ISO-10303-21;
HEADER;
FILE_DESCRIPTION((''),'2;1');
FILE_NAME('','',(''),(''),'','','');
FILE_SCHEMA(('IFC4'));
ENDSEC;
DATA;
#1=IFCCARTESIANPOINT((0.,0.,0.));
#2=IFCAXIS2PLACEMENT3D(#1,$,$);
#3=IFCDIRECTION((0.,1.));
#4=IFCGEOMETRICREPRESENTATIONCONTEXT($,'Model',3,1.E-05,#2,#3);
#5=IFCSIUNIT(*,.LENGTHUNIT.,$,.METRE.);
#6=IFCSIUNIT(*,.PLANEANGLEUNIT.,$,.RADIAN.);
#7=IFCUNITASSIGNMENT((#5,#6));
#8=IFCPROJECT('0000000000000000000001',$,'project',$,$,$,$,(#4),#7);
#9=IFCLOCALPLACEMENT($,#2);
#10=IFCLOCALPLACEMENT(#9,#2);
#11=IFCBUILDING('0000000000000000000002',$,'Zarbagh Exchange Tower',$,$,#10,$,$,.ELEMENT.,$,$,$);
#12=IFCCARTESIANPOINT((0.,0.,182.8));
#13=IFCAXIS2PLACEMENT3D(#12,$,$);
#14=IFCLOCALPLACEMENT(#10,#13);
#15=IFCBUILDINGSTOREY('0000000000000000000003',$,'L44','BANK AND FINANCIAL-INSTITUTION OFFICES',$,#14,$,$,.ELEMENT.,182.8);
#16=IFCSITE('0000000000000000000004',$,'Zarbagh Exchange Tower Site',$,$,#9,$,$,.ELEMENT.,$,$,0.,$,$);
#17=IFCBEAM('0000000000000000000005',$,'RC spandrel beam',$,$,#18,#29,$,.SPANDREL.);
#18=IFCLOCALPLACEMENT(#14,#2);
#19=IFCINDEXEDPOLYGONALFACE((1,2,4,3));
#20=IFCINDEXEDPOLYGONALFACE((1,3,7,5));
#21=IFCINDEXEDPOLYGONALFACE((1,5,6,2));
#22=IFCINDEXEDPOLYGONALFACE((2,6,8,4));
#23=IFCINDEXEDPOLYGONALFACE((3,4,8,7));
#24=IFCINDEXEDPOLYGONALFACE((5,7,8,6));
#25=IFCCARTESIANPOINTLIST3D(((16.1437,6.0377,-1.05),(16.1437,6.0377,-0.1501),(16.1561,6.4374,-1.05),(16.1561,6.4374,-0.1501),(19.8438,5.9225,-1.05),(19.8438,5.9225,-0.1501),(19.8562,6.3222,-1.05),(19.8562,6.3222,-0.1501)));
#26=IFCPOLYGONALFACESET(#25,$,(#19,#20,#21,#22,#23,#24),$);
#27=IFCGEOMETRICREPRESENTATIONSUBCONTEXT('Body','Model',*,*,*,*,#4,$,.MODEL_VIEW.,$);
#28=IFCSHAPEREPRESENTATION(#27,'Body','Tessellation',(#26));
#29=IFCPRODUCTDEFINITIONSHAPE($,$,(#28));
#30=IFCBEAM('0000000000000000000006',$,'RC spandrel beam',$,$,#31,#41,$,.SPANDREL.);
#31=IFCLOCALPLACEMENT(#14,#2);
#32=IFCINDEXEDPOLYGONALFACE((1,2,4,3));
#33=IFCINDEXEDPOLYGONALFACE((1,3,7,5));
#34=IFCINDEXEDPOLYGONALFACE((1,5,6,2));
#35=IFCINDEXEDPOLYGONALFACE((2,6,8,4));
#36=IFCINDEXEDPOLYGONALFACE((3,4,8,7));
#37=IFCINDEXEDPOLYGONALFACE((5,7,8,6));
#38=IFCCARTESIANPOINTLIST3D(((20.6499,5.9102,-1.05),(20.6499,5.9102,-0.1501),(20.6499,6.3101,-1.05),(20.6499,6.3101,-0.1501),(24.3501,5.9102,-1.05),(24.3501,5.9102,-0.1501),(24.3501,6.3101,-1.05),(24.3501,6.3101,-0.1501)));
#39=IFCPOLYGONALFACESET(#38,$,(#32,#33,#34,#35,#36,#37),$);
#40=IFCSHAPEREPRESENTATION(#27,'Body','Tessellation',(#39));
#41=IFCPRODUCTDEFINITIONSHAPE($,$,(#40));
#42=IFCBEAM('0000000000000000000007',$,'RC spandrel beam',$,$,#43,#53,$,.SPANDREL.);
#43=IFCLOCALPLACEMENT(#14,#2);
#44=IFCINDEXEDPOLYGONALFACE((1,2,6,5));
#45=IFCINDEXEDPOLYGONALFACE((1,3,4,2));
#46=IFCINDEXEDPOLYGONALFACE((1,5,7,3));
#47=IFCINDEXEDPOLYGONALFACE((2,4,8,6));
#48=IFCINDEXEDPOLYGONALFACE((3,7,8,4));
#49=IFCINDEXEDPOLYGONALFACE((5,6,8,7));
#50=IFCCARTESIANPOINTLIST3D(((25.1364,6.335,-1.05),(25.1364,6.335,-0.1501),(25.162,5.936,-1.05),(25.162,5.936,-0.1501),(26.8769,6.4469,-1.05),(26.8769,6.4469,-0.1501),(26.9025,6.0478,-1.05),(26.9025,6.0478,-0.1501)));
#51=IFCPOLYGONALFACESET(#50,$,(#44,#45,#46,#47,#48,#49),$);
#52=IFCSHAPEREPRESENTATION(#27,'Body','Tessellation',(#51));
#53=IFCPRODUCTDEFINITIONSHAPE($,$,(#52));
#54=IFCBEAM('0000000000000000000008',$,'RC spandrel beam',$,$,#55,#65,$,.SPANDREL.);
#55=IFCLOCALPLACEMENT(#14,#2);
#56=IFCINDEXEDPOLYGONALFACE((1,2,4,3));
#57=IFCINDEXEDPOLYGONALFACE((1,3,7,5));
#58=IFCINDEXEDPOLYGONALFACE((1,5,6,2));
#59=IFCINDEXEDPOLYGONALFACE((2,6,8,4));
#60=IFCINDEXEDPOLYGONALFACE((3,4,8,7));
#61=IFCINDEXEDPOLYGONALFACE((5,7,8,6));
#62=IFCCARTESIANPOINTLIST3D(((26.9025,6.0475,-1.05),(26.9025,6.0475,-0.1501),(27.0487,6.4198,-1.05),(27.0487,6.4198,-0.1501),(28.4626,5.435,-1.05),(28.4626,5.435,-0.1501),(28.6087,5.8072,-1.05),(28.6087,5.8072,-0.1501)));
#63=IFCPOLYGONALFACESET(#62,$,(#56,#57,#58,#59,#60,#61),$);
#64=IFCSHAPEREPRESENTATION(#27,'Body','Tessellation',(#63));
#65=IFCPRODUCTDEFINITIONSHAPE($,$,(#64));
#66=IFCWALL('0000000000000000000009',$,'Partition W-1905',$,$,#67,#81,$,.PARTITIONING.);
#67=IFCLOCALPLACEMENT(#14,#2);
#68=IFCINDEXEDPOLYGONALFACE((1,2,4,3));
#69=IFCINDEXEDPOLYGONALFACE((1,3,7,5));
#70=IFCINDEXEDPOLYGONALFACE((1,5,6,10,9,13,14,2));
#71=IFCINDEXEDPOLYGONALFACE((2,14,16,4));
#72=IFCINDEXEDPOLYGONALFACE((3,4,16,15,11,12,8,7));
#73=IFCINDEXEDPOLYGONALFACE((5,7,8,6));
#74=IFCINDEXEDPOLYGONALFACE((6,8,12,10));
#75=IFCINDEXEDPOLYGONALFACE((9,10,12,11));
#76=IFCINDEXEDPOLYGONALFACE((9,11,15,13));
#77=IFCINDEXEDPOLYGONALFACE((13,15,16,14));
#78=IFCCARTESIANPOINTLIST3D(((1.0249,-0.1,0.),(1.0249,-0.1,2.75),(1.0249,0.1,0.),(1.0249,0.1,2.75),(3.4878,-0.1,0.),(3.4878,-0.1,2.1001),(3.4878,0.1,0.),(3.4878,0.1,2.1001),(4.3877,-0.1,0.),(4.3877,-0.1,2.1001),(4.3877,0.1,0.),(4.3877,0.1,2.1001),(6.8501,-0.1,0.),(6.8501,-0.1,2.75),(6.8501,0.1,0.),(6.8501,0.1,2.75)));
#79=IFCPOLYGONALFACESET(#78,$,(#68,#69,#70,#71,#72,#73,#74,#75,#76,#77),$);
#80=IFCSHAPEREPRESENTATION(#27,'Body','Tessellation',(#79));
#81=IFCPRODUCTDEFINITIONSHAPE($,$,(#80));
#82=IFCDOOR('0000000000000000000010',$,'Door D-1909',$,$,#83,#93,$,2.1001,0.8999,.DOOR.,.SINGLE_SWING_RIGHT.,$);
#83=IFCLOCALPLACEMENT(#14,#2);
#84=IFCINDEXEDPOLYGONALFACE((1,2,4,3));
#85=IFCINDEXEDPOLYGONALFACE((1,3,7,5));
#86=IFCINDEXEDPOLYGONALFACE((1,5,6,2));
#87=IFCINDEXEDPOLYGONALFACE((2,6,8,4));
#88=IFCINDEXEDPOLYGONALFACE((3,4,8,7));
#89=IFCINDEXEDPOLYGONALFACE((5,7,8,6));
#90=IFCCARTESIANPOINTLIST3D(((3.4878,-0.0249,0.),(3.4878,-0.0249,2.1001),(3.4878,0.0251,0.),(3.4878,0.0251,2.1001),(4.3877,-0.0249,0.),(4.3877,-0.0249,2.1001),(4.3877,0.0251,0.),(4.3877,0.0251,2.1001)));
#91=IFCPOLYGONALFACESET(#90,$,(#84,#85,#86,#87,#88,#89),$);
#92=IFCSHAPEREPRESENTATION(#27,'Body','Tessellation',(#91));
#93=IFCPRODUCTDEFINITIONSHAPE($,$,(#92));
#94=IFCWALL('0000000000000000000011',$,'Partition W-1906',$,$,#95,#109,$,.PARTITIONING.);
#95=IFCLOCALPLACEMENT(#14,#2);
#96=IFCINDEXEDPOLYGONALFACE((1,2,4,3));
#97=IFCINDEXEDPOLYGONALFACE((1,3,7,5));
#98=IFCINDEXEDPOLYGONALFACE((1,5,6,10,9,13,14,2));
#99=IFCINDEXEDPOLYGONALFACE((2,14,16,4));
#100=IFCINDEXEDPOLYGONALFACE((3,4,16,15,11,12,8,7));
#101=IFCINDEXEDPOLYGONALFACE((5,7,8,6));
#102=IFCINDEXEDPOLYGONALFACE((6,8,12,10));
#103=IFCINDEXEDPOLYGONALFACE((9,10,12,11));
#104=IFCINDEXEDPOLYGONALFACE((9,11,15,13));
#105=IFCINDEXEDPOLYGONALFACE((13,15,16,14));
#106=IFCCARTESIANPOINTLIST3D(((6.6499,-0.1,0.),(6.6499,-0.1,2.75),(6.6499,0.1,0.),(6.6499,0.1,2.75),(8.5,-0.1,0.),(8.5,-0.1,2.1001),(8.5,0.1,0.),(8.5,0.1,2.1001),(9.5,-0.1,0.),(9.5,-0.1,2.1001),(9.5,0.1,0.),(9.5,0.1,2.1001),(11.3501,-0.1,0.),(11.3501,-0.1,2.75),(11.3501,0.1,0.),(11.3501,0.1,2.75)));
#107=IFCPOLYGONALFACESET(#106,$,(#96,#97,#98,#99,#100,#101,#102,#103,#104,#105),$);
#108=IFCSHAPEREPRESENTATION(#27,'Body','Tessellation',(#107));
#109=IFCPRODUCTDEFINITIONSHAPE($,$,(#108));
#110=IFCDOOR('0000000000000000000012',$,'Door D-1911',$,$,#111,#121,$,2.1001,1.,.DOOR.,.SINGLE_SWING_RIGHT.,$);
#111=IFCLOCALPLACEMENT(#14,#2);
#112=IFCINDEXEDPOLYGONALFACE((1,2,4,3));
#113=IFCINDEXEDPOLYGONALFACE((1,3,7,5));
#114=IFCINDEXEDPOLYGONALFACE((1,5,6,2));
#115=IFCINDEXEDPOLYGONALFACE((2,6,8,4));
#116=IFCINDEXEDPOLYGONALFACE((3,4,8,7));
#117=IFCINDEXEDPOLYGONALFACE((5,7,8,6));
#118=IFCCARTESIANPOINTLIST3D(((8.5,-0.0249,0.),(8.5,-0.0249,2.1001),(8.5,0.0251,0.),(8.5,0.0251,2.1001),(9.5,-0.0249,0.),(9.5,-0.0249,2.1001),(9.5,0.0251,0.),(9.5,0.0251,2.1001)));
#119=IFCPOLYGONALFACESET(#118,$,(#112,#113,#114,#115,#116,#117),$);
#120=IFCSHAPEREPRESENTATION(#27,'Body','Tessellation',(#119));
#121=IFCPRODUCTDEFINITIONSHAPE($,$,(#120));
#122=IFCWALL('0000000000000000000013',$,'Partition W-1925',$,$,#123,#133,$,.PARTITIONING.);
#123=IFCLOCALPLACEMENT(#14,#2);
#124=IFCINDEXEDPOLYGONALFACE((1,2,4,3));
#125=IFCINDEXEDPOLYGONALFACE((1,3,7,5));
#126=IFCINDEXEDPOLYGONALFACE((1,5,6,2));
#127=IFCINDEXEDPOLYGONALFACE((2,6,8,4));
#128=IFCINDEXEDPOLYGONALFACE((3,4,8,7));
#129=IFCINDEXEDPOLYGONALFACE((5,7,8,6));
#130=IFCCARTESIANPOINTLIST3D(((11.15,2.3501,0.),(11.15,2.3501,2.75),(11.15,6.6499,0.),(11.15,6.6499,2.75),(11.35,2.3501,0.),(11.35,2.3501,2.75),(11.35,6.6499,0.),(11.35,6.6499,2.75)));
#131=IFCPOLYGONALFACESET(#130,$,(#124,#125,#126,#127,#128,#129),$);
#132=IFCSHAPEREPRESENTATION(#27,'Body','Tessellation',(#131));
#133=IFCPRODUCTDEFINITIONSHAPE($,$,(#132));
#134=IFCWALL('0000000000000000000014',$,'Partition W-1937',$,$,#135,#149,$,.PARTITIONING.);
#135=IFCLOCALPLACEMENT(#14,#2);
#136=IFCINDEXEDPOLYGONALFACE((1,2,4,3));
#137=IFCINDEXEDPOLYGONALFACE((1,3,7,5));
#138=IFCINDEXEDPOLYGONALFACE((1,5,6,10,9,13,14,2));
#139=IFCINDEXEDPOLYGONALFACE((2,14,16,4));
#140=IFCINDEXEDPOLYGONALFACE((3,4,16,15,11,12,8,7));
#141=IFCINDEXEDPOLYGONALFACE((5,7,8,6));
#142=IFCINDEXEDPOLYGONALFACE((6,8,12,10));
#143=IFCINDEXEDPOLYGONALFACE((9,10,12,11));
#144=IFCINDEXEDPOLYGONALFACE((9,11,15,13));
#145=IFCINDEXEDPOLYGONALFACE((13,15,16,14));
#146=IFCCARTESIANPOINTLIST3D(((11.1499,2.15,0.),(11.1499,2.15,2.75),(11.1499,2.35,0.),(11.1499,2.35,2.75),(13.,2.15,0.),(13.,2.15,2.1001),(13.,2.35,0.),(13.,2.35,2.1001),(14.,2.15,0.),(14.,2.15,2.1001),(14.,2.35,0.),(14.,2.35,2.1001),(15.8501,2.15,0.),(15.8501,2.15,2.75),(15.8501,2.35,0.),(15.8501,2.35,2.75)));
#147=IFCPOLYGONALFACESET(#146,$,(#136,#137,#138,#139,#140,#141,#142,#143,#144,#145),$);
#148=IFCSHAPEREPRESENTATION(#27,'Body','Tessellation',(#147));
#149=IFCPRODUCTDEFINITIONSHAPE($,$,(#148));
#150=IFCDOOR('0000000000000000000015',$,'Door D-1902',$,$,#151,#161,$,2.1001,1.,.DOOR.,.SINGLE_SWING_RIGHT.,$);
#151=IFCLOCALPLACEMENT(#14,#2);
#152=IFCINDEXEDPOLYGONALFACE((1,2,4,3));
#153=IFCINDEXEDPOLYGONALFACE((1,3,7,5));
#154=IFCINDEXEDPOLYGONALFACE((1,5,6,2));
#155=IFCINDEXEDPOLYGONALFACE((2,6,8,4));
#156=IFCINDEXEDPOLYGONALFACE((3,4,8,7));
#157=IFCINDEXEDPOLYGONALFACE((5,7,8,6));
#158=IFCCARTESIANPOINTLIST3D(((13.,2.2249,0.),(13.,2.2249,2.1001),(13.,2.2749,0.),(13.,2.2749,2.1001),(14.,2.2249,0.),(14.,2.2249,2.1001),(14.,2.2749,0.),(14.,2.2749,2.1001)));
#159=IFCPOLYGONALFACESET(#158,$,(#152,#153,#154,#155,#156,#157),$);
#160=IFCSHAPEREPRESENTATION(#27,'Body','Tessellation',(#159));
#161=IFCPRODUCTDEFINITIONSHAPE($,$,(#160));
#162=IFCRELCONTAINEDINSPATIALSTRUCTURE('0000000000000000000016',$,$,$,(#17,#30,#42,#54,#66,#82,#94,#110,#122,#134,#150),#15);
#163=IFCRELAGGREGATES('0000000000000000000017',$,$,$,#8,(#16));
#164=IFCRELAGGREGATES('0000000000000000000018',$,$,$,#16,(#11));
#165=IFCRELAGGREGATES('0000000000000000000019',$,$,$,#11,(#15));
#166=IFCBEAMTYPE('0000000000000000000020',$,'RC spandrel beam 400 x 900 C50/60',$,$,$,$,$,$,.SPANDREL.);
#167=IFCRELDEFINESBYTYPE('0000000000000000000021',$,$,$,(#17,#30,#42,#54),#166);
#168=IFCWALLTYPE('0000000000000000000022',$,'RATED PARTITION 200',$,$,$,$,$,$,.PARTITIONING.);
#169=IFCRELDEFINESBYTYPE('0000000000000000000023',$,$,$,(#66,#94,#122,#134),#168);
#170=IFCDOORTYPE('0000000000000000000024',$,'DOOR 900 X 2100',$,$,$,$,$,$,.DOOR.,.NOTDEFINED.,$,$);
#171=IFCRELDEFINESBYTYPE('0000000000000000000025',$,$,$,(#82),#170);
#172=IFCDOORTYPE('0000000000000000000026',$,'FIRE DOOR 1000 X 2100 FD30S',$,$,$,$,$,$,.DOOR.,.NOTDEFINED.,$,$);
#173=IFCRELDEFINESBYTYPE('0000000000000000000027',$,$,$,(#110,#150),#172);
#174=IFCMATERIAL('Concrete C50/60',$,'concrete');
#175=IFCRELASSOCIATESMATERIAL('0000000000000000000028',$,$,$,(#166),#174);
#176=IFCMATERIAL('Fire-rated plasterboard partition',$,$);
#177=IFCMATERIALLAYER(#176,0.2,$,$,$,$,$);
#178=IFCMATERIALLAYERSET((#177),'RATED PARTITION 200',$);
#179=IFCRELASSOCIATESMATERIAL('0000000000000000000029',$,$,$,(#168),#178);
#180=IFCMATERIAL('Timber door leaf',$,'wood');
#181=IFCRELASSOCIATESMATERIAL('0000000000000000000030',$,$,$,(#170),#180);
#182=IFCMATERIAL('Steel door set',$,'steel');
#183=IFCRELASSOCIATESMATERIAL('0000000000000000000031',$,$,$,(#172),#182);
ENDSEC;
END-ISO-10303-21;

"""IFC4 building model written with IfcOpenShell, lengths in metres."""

from ifc_helpers import new_model, si_unit, direction, frame, frame_2d, origin, origin_2d, place, context, subcontext, project, spatial, rectangle, extrude, material, layer, layer_set, material_profile, profile_set, type_object, element, fill, save


model = new_model("IFC4")

# Units and contexts
model_context = context("Model", 3, precision=1e-05, world=origin(), true_north=direction((0.0, 1.0)))
body_context = subcontext(model_context, "Body", "Model", "MODEL_VIEW")
ifc_project = project(units=[si_unit("LENGTHUNIT", "METRE"), si_unit("PLANEANGLEUNIT", "RADIAN")], contexts=[model_context])

# Site, building, storey
site_placement = place(None, origin())
site = spatial("IfcSite", under=ifc_project, at=site_placement, Name="Zarbagh Exchange Tower Site", CompositionType="ELEMENT", RefElevation=0.0)
building_placement = place(site_placement, origin())
building = spatial("IfcBuilding", under=site, at=building_placement, Name="Zarbagh Exchange Tower", CompositionType="ELEMENT")
storey_placement = place(building_placement, frame((0.0, 0.0, 182.8)))
storey = spatial("IfcBuildingStorey", under=building, at=storey_placement, Name="L44", Description="BANK AND FINANCIAL-INSTITUTION OFFICES", CompositionType="ELEMENT", Elevation=182.8)

# Shared definitions
ifc_material_1 = material(Name="Concrete C50/60", Category="concrete")

# Beams
ifc_material_profile_1 = material_profile(ifc_material_1, rectangle(XDim=0.3999, YDim=0.8999, at=origin_2d()), Name="RC spandrel beam 400 x 900 C50/60")
ifc_profile_set_1 = profile_set([ifc_material_profile_1], Name="Concrete C50/60")
beam_type_1 = type_object("IfcBeamType", Name="RC spandrel beam 400 x 900 C50/60", PredefinedType="SPANDREL", material=ifc_profile_set_1)
beam_1_placement = place(storey_placement, frame((16.1499, 6.2375, -0.6001), z_axis=(0.999515, -0.031128, 0.0), x_axis=(0.031128, 0.999515, 0.0)))
element("IfcBeam", 1, at=beam_1_placement, inside=storey, type_object=beam_type_1, Name="RC spandrel beam", PredefinedType="SPANDREL", context=body_context, shape_type="SweptSolid", body=[
    extrude(rectangle(XDim=0.3999, YDim=0.8999, at=origin_2d()), origin(), (0.0, 0.0, 1.0), 3.7019),
])
beam_2_placement = place(storey_placement, frame((20.6499, 6.1101, -0.6001), z_axis=(1.0, 0.0, 0.0), x_axis=(0.0, 1.0, 0.0)))
element("IfcBeam", 2, at=beam_2_placement, inside=storey, type_object=beam_type_1, Name="RC spandrel beam", PredefinedType="SPANDREL", context=body_context, shape_type="SweptSolid", body=[
    extrude(rectangle(XDim=0.3999, YDim=0.8999, at=origin_2d()), origin(), (0.0, 0.0, 1.0), 3.7002),
])
beam_3_placement = place(storey_placement, frame((25.1492, 6.1355, -0.6001), z_axis=(0.997943, 0.064112, 0.0), x_axis=(-0.064112, 0.997943, 0.0)))
element("IfcBeam", 3, at=beam_3_placement, inside=storey, type_object=beam_type_1, Name="RC spandrel beam", PredefinedType="SPANDREL", context=body_context, shape_type="SweptSolid", body=[
    extrude(rectangle(XDim=0.3999, YDim=0.8999, at=origin_2d()), origin(), (0.0, 0.0, 1.0), 1.7441),
])
beam_4_placement = place(storey_placement, frame((26.9756, 6.2336, -0.6001), z_axis=(0.930819, -0.365481, 0.0), x_axis=(0.365481, 0.930819, 0.0)))
element("IfcBeam", 4, at=beam_4_placement, inside=storey, type_object=beam_type_1, Name="RC spandrel beam", PredefinedType="SPANDREL", context=body_context, shape_type="SweptSolid", body=[
    extrude(rectangle(XDim=0.3999, YDim=0.8999, at=origin_2d()), origin(), (0.0, 0.0, 1.0), 1.676),
])

# Walls, openings, doors
ifc_material_2 = material(Name="Fire-rated plasterboard partition")
ifc_layer = layer(ifc_material_2, 0.2)
ifc_layer_set = layer_set([ifc_layer], Name="RATED PARTITION 200")
wall_type = type_object("IfcWallType", Name="RATED PARTITION 200", PredefinedType="PARTITIONING", material=ifc_layer_set)
wall_1_placement = place(storey_placement, frame((6.8501, 0.0, 0.0), z_axis=(0.0, 0.0, 1.0), x_axis=(-1.0, 0.0, 0.0)))
wall_1 = element("IfcWall", 5, at=wall_1_placement, inside=storey, type_object=wall_type, Name="Partition W-1905", PredefinedType="PARTITIONING", context=body_context, shape_type="SweptSolid", body=[
    extrude(rectangle(XDim=5.8252, YDim=0.2, at=frame_2d((2.9126, 0.0))), origin(), (0.0, 0.0, 1.0), 2.75),
])
opening_1_placement = place(wall_1_placement, frame((2.4624, 0.0, 0.0)))
opening_1 = element("IfcOpeningElement", 6, at=opening_1_placement, cuts=wall_1, PredefinedType="OPENING", context=body_context, shape_type="SweptSolid", body=[
    extrude(rectangle(XDim=0.8999, YDim=2.1001, at=frame_2d((0.45, 1.05))), frame((0.0, 0.1099, 0.0), z_axis=(0.0, -1.0, 0.0), x_axis=(1.0, 0.0, 0.0)), (0.0, 0.0, 1.0), 0.22),
])
ifc_material_3 = material(Name="Timber door leaf", Category="wood")
door_type_1 = type_object("IfcDoorType", Name="DOOR 900 X 2100", OperationType="NOTDEFINED", PredefinedType="DOOR", material=ifc_material_3)
door_1_placement = place(opening_1_placement, origin())
door_1 = element("IfcDoor", 7, at=door_1_placement, inside=storey, type_object=door_type_1, Name="Door D-1909", OperationType="SINGLE_SWING_RIGHT", OverallHeight=2.1001, OverallWidth=0.8999, PredefinedType="DOOR", context=body_context, shape_type="SweptSolid", body=[
    extrude(rectangle(XDim=0.8999, YDim=2.1001, at=frame_2d((0.45, 1.05))), frame((0.0, 0.0249, 0.0), z_axis=(0.0, -1.0, 0.0), x_axis=(1.0, 0.0, 0.0)), (0.0, 0.0, 1.0), 0.05),
])
fill(opening_1, door_1)
wall_2_placement = place(storey_placement, frame((11.3501, 0.0, 0.0), z_axis=(0.0, 0.0, 1.0), x_axis=(-1.0, 0.0, 0.0)))
wall_2 = element("IfcWall", 8, at=wall_2_placement, inside=storey, type_object=wall_type, Name="Partition W-1906", PredefinedType="PARTITIONING", context=body_context, shape_type="SweptSolid", body=[
    extrude(rectangle(XDim=4.7002, YDim=0.2, at=frame_2d((2.3501, 0.0))), origin(), (0.0, 0.0, 1.0), 2.75),
])
opening_2_placement = place(wall_2_placement, frame((1.8501, 0.0, 0.0)))
opening_2 = element("IfcOpeningElement", 9, at=opening_2_placement, cuts=wall_2, PredefinedType="OPENING", context=body_context, shape_type="SweptSolid", body=[
    extrude(rectangle(XDim=1.0, YDim=2.1001, at=frame_2d((0.5, 1.05))), frame((0.0, 0.1099, 0.0), z_axis=(0.0, -1.0, 0.0), x_axis=(1.0, 0.0, 0.0)), (0.0, 0.0, 1.0), 0.22),
])
ifc_material_4 = material(Name="Steel door set", Category="steel")
door_type_2 = type_object("IfcDoorType", Name="FIRE DOOR 1000 X 2100 FD30S", OperationType="NOTDEFINED", PredefinedType="DOOR", material=ifc_material_4)
door_2_placement = place(opening_2_placement, origin())
door_2 = element("IfcDoor", 10, at=door_2_placement, inside=storey, type_object=door_type_2, Name="Door D-1911", OperationType="SINGLE_SWING_RIGHT", OverallHeight=2.1001, OverallWidth=1.0, PredefinedType="DOOR", context=body_context, shape_type="SweptSolid", body=[
    extrude(rectangle(XDim=1.0, YDim=2.1001, at=frame_2d((0.5, 1.05))), frame((0.0, 0.0249, 0.0), z_axis=(0.0, -1.0, 0.0), x_axis=(1.0, 0.0, 0.0)), (0.0, 0.0, 1.0), 0.05),
])
fill(opening_2, door_2)

# Wall
wall_3_placement = place(storey_placement, frame((11.25, 2.3501, 0.0), z_axis=(0.0, 0.0, 1.0), x_axis=(0.0, 1.0, 0.0)))
element("IfcWall", 11, at=wall_3_placement, inside=storey, type_object=wall_type, Name="Partition W-1925", PredefinedType="PARTITIONING", context=body_context, shape_type="SweptSolid", body=[
    extrude(rectangle(XDim=4.2998, YDim=0.2, at=frame_2d((2.1499, 0.0))), origin(), (0.0, 0.0, 1.0), 2.75),
])

# Wall, opening, door
wall_4_placement = place(storey_placement, frame((11.1499, 2.25, 0.0), z_axis=(0.0, 0.0, 1.0), x_axis=(1.0, 0.0, 0.0)))
wall_4 = element("IfcWall", 12, at=wall_4_placement, inside=storey, type_object=wall_type, Name="Partition W-1937", PredefinedType="PARTITIONING", context=body_context, shape_type="SweptSolid", body=[
    extrude(rectangle(XDim=4.7002, YDim=0.2, at=frame_2d((2.3501, 0.0))), origin(), (0.0, 0.0, 1.0), 2.75),
])
opening_3_placement = place(wall_4_placement, frame((1.8501, 0.0, 0.0)))
opening_3 = element("IfcOpeningElement", 13, at=opening_3_placement, cuts=wall_4, PredefinedType="OPENING", context=body_context, shape_type="SweptSolid", body=[
    extrude(rectangle(XDim=1.0, YDim=2.1001, at=frame_2d((0.5, 1.05))), frame((0.0, 0.1099, 0.0), z_axis=(0.0, -1.0, 0.0), x_axis=(1.0, 0.0, 0.0)), (0.0, 0.0, 1.0), 0.22),
])
door_3_placement = place(opening_3_placement, origin())
door_3 = element("IfcDoor", 14, at=door_3_placement, inside=storey, type_object=door_type_2, Name="Door D-1902", OperationType="SINGLE_SWING_RIGHT", OverallHeight=2.1001, OverallWidth=1.0, PredefinedType="DOOR", context=body_context, shape_type="SweptSolid", body=[
    extrude(rectangle(XDim=1.0, YDim=2.1001, at=frame_2d((0.5, 1.05))), frame((0.0, 0.0249, 0.0), z_axis=(0.0, -1.0, 0.0), x_axis=(1.0, 0.0, 0.0)), (0.0, 0.0, 1.0), 0.05),
])
fill(opening_3, door_3)

save(model, "model.ifc")
